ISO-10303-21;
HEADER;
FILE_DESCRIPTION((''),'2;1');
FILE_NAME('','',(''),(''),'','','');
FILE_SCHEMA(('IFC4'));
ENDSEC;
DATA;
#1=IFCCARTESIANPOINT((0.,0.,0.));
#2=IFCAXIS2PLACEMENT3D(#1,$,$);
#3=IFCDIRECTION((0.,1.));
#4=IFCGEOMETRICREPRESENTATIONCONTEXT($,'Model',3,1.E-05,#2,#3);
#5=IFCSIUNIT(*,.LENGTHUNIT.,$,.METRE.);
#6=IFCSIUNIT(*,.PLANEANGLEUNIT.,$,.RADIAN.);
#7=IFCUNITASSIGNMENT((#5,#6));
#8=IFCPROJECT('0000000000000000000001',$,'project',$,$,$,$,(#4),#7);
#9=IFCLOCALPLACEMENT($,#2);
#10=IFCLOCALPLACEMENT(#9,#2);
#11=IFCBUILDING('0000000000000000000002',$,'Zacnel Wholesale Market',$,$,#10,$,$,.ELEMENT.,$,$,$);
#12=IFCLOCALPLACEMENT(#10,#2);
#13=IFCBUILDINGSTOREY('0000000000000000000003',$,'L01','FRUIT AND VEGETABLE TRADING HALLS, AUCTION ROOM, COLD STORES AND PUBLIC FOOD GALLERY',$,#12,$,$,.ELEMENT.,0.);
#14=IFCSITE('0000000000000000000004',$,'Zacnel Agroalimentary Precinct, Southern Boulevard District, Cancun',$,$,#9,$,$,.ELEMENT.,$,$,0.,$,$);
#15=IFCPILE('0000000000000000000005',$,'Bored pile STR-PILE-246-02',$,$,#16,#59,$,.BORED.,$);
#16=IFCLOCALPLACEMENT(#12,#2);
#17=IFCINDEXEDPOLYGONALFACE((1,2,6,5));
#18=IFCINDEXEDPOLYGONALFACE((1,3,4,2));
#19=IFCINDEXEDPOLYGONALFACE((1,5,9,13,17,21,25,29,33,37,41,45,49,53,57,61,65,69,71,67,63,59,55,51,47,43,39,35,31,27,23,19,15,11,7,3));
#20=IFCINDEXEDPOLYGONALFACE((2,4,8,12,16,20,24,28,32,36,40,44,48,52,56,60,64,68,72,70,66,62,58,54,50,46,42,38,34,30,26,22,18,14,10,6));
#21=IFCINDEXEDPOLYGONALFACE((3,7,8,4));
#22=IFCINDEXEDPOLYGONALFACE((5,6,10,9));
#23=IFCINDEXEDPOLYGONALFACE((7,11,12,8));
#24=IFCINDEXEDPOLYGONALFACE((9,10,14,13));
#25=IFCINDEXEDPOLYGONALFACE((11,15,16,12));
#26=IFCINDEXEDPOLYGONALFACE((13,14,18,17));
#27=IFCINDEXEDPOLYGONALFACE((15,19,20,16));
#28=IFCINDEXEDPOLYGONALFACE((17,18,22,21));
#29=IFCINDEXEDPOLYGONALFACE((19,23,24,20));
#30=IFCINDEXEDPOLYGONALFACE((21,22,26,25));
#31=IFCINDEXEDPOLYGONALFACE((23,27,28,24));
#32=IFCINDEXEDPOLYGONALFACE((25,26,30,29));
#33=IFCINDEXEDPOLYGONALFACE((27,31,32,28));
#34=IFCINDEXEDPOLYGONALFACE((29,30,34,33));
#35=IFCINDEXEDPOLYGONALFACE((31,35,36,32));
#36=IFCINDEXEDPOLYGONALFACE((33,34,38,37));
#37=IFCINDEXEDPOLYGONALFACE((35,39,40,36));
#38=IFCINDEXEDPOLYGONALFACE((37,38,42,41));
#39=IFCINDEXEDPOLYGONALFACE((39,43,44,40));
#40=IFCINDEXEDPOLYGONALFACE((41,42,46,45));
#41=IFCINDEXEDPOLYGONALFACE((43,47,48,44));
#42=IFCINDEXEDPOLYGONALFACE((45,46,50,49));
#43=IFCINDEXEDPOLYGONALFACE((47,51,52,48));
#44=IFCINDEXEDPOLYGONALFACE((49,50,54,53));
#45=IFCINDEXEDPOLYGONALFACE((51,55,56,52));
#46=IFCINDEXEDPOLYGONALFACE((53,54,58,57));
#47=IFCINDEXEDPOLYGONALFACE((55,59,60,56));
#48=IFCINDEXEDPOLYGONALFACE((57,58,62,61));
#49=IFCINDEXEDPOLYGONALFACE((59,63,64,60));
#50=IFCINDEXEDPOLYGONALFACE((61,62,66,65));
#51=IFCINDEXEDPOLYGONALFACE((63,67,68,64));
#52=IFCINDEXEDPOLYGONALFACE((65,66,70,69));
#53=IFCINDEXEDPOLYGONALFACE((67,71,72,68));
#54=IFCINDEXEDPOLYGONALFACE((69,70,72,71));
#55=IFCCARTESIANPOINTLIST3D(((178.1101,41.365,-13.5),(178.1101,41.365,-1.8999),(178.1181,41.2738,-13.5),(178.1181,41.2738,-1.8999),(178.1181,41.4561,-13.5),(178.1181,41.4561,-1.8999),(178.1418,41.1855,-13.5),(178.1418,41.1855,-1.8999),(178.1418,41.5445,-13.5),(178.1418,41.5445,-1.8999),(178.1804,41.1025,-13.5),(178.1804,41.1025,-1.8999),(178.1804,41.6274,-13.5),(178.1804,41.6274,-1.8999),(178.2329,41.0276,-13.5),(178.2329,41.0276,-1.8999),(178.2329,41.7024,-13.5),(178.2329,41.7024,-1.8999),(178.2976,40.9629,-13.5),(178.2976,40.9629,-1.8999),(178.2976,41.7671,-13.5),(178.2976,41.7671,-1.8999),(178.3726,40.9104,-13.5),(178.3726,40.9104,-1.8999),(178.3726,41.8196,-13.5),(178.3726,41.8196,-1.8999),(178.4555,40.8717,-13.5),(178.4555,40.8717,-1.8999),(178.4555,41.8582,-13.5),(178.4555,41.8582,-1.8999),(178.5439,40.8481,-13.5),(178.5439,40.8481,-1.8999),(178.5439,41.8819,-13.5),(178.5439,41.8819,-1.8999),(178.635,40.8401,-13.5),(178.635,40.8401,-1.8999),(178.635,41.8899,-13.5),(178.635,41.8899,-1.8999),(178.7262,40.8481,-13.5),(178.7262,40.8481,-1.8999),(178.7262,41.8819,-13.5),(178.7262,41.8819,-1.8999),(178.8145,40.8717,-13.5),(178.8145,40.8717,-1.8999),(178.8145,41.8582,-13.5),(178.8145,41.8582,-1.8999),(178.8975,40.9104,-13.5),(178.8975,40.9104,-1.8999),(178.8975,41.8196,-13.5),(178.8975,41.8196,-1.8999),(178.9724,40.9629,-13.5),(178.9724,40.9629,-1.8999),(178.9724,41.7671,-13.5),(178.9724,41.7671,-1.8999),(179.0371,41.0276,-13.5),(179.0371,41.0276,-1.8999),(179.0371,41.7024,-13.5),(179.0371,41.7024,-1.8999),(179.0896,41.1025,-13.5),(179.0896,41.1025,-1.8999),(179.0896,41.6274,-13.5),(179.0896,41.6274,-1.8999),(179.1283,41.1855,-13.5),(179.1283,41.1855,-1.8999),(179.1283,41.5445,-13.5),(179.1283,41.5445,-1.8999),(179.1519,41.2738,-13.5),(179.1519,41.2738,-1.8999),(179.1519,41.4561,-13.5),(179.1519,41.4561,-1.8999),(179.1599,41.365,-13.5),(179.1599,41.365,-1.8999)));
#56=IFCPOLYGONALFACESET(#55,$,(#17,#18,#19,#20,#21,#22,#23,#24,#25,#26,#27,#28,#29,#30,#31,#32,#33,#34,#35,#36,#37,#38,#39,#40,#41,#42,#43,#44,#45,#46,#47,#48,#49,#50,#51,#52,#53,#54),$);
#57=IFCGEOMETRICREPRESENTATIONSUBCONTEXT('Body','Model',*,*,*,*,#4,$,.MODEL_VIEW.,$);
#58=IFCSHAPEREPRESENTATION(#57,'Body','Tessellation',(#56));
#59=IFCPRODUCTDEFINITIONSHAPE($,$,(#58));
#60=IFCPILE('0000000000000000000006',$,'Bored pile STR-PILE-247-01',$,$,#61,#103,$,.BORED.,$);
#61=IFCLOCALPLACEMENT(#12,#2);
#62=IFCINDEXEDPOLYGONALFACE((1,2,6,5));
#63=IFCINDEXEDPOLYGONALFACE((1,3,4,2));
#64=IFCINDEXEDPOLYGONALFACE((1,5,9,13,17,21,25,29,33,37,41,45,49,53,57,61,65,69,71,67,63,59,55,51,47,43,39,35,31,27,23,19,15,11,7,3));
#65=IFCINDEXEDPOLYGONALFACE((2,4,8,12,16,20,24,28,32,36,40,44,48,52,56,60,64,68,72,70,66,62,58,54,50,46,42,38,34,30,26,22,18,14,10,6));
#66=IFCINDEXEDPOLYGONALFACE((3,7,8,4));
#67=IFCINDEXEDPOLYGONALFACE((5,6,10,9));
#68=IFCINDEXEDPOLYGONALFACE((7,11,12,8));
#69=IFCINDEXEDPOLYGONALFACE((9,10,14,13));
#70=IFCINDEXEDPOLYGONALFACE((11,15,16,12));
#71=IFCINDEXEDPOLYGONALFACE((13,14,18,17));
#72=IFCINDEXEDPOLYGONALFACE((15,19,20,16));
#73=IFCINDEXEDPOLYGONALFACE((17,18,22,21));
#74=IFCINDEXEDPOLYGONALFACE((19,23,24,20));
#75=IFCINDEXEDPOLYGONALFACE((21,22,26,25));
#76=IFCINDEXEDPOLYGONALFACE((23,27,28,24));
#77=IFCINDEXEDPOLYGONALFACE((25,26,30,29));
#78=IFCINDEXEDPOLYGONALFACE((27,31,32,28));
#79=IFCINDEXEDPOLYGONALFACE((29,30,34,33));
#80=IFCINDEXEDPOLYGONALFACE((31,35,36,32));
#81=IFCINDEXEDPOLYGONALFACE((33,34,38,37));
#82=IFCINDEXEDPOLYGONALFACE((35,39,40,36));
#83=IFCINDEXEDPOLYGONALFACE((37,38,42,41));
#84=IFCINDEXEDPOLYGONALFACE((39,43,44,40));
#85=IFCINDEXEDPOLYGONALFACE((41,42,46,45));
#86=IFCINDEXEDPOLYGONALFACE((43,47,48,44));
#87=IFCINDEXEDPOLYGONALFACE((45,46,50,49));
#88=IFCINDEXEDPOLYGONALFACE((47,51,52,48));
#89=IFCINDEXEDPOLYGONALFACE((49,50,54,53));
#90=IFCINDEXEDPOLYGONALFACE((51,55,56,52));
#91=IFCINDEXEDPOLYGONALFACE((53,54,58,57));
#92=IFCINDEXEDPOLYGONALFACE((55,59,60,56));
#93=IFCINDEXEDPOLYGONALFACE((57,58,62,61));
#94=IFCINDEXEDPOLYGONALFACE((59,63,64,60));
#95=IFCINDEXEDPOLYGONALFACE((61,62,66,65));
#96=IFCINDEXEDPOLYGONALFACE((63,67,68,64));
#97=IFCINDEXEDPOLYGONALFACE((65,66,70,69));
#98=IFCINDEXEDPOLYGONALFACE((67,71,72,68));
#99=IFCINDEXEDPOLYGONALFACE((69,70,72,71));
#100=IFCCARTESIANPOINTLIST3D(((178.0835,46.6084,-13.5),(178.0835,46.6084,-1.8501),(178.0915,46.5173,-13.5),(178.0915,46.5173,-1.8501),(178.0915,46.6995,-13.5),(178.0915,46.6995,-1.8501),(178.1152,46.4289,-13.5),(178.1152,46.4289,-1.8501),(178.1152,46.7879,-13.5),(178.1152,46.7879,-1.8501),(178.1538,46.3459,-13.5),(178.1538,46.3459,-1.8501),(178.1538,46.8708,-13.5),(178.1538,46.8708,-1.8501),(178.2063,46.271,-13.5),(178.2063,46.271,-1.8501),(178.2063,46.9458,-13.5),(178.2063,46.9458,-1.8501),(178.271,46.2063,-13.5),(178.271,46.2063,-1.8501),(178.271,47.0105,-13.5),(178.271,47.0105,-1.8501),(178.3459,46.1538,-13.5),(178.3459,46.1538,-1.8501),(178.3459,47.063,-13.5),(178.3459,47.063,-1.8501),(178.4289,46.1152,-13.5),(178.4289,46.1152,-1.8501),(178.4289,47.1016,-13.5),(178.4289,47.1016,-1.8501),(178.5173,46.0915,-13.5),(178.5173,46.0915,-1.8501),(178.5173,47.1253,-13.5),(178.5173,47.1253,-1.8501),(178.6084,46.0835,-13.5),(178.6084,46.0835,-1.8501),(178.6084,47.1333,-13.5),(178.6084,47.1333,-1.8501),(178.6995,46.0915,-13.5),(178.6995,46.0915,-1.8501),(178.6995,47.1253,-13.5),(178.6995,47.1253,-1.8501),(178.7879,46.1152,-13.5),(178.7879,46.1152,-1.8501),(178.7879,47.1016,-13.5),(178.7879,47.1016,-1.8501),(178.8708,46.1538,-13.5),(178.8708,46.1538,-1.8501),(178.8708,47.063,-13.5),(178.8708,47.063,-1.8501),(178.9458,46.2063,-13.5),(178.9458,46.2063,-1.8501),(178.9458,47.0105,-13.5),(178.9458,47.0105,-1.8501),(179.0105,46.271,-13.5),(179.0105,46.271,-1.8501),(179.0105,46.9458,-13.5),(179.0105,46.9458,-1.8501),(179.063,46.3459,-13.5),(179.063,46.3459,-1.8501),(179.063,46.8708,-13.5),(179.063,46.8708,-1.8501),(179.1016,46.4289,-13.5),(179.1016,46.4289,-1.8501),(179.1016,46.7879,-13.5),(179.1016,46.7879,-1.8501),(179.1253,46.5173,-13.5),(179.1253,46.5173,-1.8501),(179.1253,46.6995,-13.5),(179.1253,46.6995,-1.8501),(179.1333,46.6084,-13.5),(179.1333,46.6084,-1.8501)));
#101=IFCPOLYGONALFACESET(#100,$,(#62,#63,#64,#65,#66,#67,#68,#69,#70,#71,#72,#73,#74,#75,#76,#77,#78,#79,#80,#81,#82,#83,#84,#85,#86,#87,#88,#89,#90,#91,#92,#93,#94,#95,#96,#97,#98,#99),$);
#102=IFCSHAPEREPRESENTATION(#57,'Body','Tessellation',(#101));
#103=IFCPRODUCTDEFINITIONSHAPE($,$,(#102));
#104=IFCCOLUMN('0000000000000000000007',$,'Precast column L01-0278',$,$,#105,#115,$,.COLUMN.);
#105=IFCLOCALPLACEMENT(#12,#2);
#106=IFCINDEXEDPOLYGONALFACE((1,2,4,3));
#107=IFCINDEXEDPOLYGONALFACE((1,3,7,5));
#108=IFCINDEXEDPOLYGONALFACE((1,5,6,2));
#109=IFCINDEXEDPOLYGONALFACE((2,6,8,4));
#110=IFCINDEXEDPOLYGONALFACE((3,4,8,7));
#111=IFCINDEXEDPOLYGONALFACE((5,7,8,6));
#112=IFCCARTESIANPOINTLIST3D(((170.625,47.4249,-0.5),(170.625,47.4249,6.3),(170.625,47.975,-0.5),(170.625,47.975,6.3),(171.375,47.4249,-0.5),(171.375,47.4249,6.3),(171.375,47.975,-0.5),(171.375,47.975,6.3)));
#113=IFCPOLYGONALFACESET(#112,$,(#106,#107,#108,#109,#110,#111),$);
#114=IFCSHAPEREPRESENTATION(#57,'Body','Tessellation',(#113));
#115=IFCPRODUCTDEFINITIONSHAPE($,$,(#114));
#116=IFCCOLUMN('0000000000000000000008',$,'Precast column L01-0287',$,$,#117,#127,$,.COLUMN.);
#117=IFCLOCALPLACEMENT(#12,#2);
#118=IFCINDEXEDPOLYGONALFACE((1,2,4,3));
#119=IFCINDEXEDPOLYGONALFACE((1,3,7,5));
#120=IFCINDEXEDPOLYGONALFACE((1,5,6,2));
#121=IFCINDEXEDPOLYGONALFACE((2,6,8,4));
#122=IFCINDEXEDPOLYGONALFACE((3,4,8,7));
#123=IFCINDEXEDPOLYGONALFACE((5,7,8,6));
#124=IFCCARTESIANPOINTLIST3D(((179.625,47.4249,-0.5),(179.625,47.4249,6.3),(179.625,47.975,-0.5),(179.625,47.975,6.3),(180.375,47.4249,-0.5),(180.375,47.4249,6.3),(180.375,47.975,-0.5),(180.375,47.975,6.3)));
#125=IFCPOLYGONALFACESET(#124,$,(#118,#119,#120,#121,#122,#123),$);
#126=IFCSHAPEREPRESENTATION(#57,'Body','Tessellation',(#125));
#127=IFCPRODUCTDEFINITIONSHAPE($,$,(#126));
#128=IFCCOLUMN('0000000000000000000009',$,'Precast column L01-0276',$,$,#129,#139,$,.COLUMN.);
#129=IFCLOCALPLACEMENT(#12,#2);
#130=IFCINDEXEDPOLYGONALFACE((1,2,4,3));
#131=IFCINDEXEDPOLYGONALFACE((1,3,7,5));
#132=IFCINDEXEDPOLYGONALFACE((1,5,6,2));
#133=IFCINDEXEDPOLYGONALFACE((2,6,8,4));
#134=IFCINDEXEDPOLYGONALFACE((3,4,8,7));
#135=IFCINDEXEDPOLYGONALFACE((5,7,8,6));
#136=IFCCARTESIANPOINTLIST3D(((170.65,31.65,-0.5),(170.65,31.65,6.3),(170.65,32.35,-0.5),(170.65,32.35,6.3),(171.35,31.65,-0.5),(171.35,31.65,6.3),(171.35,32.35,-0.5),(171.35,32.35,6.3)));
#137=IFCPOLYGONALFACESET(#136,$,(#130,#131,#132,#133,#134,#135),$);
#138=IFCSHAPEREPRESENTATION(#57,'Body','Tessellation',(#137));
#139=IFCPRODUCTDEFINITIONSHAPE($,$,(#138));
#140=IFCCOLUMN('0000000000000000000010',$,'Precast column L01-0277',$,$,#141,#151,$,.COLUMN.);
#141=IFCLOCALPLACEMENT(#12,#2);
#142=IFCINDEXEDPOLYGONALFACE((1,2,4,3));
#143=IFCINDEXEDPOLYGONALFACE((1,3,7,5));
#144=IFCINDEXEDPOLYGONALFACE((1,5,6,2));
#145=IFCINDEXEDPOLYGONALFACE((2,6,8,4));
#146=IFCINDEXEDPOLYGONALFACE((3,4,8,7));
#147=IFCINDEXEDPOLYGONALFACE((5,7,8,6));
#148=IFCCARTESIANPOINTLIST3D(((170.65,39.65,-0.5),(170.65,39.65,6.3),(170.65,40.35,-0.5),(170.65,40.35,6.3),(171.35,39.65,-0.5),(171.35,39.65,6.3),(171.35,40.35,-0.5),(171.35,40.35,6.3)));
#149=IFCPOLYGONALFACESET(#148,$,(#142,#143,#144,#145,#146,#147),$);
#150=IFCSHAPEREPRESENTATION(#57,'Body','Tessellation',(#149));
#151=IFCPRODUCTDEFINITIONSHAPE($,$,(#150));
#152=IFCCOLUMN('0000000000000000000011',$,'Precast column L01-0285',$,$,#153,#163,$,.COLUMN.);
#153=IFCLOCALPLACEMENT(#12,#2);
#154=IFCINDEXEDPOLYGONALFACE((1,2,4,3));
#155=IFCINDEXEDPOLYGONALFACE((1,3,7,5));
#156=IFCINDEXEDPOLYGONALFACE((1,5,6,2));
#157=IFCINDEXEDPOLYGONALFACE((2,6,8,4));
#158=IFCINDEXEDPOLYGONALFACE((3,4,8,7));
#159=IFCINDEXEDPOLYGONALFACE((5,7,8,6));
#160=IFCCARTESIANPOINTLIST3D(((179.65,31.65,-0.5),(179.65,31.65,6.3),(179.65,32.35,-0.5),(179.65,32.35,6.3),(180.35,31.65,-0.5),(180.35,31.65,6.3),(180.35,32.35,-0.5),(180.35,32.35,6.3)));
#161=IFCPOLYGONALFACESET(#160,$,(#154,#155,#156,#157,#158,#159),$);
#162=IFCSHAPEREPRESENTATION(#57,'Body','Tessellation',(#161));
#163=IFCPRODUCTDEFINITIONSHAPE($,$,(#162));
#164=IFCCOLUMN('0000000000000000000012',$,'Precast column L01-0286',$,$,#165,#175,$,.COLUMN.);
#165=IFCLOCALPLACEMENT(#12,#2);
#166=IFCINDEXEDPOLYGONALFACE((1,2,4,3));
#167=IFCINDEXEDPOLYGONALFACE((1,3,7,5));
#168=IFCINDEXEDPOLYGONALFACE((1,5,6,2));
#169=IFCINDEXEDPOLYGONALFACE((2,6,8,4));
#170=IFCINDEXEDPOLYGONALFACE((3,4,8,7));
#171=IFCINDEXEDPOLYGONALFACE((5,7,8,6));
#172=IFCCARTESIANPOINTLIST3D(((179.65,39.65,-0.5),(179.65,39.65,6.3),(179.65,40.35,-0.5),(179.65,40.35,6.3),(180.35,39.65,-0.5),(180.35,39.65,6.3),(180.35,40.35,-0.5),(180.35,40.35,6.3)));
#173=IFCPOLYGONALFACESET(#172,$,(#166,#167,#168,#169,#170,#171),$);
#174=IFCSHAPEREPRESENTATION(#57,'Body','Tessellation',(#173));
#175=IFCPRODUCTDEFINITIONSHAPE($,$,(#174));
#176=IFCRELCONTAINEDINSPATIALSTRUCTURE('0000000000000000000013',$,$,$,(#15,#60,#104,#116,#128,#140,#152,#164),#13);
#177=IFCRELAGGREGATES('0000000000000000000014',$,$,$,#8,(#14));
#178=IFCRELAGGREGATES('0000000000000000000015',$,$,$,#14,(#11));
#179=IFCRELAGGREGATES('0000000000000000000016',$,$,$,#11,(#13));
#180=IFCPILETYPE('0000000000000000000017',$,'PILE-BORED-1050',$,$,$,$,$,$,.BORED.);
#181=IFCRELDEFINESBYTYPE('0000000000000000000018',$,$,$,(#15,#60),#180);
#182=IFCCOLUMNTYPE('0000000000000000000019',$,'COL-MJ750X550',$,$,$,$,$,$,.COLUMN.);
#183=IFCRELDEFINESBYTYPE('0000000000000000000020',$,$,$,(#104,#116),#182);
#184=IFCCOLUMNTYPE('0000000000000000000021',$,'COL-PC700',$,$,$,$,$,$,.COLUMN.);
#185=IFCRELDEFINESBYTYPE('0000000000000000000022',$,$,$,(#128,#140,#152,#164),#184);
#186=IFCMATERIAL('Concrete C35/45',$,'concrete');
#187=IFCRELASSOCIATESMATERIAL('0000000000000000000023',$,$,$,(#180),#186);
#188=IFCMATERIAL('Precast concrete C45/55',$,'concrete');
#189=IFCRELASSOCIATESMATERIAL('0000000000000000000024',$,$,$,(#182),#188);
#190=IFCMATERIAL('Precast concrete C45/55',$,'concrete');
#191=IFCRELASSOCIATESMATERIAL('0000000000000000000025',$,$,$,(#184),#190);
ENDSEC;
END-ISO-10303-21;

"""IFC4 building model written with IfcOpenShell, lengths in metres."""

from ifc_helpers import new_model, si_unit, direction, frame, origin, origin_2d, place, context, subcontext, project, spatial, rectangle, circle, extrude, material, material_profile, profile_set, type_object, element, save


model = new_model("IFC4")

# Units and contexts
model_context = context("Model", 3, precision=1e-05, world=origin(), true_north=direction((0.0, 1.0)))
body_context = subcontext(model_context, "Body", "Model", "MODEL_VIEW")
ifc_project = project(units=[si_unit("LENGTHUNIT", "METRE"), si_unit("PLANEANGLEUNIT", "RADIAN")], contexts=[model_context])

# Site, building, storey
site_placement = place(None, origin())
site = spatial("IfcSite", under=ifc_project, at=site_placement, Name="Zacnel Agroalimentary Precinct, Southern Boulevard District, Cancun", CompositionType="ELEMENT", RefElevation=0.0)
building_placement = place(site_placement, origin())
building = spatial("IfcBuilding", under=site, at=building_placement, Name="Zacnel Wholesale Market", CompositionType="ELEMENT")
storey_placement = place(building_placement, origin())
storey = spatial("IfcBuildingStorey", under=building, at=storey_placement, Name="L01", Description="FRUIT AND VEGETABLE TRADING HALLS, AUCTION ROOM, COLD STORES AND PUBLIC FOOD GALLERY", CompositionType="ELEMENT", Elevation=0.0)

# Piles
ifc_material_1 = material(Name="Concrete C35/45", Category="concrete")
ifc_material_profile_1 = material_profile(ifc_material_1, circle(Radius=0.5249, at=origin_2d()), Name="BORED PILE D1050")
ifc_profile_set_1 = profile_set([ifc_material_profile_1], Name="Concrete C35/45")
pile_type = type_object("IfcPileType", Name="PILE-BORED-1050", PredefinedType="BORED", material=ifc_profile_set_1)
for number, where, z_axis, x_axis, name in (
    (1, (178.635, 41.365, -1.8999), (0.0, 0.0, -1.0), (1.0, 0.0, 0.0), "Bored pile STR-PILE-246-02"),
):
    element("IfcPile", number, at=place(storey_placement, frame(where, z_axis=z_axis, x_axis=x_axis)), inside=storey, type_object=pile_type, Name=name, PredefinedType="BORED", context=body_context, shape_type="SweptSolid", body=[
        extrude(circle(Radius=0.5249, at=origin_2d()), origin(), (0.0, 0.0, 1.0), 11.6001),
    ])
pile_1_placement = place(storey_placement, frame((178.6084, 46.6084, -1.8501), z_axis=(0.0, 0.0, -1.0), x_axis=(1.0, 0.0, 0.0)))
element("IfcPile", 2, at=pile_1_placement, inside=storey, type_object=pile_type, Name="Bored pile STR-PILE-247-01", PredefinedType="BORED", context=body_context, shape_type="SweptSolid", body=[
    extrude(circle(Radius=0.5249, at=origin_2d()), origin(), (0.0, 0.0, 1.0), 11.6499),
])

# Columns
ifc_material_2 = material(Name="Precast concrete C45/55", Category="concrete")
ifc_material_profile_2 = material_profile(ifc_material_2, rectangle(XDim=0.75, YDim=0.55, at=origin_2d()), Name="PC 750x550")
ifc_profile_set_2 = profile_set([ifc_material_profile_2], Name="Precast concrete C45/55")
column_type_1 = type_object("IfcColumnType", Name="COL-MJ750X550", PredefinedType="COLUMN", material=ifc_profile_set_2)
for number, where, z_axis, x_axis, name in (
    (3, (171.0, 47.7, -0.5), (0.0, 0.0, 1.0), (1.0, 0.0, 0.0), "Precast column L01-0278"),
    (4, (180.0, 47.7, -0.5), (0.0, 0.0, 1.0), (1.0, 0.0, 0.0), "Precast column L01-0287"),
):
    element("IfcColumn", number, at=place(storey_placement, frame(where, z_axis=z_axis, x_axis=x_axis)), inside=storey, type_object=column_type_1, Name=name, PredefinedType="COLUMN", context=body_context, shape_type="SweptSolid", body=[
        extrude(rectangle(XDim=0.75, YDim=0.55, at=origin_2d()), origin(), (0.0, 0.0, 1.0), 6.8),
    ])
ifc_material_3 = material(Name="Precast concrete C45/55", Category="concrete")
ifc_material_profile_3 = material_profile(ifc_material_3, rectangle(XDim=0.7, YDim=0.7, at=origin_2d()), Name="PC 700x700")
ifc_profile_set_3 = profile_set([ifc_material_profile_3], Name="Precast concrete C45/55")
column_type_2 = type_object("IfcColumnType", Name="COL-PC700", PredefinedType="COLUMN", material=ifc_profile_set_3)
for number, where, z_axis, x_axis, name in (
    (5, (171.0, 32.0, -0.5), (0.0, 0.0, 1.0), (1.0, 0.0, 0.0), "Precast column L01-0276"),
    (6, (171.0, 40.0, -0.5), (0.0, 0.0, 1.0), (1.0, 0.0, 0.0), "Precast column L01-0277"),
    (7, (180.0, 32.0, -0.5), (0.0, 0.0, 1.0), (1.0, 0.0, 0.0), "Precast column L01-0285"),
    (8, (180.0, 40.0, -0.5), (0.0, 0.0, 1.0), (1.0, 0.0, 0.0), "Precast column L01-0286"),
):
    element("IfcColumn", number, at=place(storey_placement, frame(where, z_axis=z_axis, x_axis=x_axis)), inside=storey, type_object=column_type_2, Name=name, PredefinedType="COLUMN", context=body_context, shape_type="SweptSolid", body=[
        extrude(rectangle(XDim=0.7, YDim=0.7, at=origin_2d()), origin(), (0.0, 0.0, 1.0), 6.8),
    ])

save(model, "model.ifc")
